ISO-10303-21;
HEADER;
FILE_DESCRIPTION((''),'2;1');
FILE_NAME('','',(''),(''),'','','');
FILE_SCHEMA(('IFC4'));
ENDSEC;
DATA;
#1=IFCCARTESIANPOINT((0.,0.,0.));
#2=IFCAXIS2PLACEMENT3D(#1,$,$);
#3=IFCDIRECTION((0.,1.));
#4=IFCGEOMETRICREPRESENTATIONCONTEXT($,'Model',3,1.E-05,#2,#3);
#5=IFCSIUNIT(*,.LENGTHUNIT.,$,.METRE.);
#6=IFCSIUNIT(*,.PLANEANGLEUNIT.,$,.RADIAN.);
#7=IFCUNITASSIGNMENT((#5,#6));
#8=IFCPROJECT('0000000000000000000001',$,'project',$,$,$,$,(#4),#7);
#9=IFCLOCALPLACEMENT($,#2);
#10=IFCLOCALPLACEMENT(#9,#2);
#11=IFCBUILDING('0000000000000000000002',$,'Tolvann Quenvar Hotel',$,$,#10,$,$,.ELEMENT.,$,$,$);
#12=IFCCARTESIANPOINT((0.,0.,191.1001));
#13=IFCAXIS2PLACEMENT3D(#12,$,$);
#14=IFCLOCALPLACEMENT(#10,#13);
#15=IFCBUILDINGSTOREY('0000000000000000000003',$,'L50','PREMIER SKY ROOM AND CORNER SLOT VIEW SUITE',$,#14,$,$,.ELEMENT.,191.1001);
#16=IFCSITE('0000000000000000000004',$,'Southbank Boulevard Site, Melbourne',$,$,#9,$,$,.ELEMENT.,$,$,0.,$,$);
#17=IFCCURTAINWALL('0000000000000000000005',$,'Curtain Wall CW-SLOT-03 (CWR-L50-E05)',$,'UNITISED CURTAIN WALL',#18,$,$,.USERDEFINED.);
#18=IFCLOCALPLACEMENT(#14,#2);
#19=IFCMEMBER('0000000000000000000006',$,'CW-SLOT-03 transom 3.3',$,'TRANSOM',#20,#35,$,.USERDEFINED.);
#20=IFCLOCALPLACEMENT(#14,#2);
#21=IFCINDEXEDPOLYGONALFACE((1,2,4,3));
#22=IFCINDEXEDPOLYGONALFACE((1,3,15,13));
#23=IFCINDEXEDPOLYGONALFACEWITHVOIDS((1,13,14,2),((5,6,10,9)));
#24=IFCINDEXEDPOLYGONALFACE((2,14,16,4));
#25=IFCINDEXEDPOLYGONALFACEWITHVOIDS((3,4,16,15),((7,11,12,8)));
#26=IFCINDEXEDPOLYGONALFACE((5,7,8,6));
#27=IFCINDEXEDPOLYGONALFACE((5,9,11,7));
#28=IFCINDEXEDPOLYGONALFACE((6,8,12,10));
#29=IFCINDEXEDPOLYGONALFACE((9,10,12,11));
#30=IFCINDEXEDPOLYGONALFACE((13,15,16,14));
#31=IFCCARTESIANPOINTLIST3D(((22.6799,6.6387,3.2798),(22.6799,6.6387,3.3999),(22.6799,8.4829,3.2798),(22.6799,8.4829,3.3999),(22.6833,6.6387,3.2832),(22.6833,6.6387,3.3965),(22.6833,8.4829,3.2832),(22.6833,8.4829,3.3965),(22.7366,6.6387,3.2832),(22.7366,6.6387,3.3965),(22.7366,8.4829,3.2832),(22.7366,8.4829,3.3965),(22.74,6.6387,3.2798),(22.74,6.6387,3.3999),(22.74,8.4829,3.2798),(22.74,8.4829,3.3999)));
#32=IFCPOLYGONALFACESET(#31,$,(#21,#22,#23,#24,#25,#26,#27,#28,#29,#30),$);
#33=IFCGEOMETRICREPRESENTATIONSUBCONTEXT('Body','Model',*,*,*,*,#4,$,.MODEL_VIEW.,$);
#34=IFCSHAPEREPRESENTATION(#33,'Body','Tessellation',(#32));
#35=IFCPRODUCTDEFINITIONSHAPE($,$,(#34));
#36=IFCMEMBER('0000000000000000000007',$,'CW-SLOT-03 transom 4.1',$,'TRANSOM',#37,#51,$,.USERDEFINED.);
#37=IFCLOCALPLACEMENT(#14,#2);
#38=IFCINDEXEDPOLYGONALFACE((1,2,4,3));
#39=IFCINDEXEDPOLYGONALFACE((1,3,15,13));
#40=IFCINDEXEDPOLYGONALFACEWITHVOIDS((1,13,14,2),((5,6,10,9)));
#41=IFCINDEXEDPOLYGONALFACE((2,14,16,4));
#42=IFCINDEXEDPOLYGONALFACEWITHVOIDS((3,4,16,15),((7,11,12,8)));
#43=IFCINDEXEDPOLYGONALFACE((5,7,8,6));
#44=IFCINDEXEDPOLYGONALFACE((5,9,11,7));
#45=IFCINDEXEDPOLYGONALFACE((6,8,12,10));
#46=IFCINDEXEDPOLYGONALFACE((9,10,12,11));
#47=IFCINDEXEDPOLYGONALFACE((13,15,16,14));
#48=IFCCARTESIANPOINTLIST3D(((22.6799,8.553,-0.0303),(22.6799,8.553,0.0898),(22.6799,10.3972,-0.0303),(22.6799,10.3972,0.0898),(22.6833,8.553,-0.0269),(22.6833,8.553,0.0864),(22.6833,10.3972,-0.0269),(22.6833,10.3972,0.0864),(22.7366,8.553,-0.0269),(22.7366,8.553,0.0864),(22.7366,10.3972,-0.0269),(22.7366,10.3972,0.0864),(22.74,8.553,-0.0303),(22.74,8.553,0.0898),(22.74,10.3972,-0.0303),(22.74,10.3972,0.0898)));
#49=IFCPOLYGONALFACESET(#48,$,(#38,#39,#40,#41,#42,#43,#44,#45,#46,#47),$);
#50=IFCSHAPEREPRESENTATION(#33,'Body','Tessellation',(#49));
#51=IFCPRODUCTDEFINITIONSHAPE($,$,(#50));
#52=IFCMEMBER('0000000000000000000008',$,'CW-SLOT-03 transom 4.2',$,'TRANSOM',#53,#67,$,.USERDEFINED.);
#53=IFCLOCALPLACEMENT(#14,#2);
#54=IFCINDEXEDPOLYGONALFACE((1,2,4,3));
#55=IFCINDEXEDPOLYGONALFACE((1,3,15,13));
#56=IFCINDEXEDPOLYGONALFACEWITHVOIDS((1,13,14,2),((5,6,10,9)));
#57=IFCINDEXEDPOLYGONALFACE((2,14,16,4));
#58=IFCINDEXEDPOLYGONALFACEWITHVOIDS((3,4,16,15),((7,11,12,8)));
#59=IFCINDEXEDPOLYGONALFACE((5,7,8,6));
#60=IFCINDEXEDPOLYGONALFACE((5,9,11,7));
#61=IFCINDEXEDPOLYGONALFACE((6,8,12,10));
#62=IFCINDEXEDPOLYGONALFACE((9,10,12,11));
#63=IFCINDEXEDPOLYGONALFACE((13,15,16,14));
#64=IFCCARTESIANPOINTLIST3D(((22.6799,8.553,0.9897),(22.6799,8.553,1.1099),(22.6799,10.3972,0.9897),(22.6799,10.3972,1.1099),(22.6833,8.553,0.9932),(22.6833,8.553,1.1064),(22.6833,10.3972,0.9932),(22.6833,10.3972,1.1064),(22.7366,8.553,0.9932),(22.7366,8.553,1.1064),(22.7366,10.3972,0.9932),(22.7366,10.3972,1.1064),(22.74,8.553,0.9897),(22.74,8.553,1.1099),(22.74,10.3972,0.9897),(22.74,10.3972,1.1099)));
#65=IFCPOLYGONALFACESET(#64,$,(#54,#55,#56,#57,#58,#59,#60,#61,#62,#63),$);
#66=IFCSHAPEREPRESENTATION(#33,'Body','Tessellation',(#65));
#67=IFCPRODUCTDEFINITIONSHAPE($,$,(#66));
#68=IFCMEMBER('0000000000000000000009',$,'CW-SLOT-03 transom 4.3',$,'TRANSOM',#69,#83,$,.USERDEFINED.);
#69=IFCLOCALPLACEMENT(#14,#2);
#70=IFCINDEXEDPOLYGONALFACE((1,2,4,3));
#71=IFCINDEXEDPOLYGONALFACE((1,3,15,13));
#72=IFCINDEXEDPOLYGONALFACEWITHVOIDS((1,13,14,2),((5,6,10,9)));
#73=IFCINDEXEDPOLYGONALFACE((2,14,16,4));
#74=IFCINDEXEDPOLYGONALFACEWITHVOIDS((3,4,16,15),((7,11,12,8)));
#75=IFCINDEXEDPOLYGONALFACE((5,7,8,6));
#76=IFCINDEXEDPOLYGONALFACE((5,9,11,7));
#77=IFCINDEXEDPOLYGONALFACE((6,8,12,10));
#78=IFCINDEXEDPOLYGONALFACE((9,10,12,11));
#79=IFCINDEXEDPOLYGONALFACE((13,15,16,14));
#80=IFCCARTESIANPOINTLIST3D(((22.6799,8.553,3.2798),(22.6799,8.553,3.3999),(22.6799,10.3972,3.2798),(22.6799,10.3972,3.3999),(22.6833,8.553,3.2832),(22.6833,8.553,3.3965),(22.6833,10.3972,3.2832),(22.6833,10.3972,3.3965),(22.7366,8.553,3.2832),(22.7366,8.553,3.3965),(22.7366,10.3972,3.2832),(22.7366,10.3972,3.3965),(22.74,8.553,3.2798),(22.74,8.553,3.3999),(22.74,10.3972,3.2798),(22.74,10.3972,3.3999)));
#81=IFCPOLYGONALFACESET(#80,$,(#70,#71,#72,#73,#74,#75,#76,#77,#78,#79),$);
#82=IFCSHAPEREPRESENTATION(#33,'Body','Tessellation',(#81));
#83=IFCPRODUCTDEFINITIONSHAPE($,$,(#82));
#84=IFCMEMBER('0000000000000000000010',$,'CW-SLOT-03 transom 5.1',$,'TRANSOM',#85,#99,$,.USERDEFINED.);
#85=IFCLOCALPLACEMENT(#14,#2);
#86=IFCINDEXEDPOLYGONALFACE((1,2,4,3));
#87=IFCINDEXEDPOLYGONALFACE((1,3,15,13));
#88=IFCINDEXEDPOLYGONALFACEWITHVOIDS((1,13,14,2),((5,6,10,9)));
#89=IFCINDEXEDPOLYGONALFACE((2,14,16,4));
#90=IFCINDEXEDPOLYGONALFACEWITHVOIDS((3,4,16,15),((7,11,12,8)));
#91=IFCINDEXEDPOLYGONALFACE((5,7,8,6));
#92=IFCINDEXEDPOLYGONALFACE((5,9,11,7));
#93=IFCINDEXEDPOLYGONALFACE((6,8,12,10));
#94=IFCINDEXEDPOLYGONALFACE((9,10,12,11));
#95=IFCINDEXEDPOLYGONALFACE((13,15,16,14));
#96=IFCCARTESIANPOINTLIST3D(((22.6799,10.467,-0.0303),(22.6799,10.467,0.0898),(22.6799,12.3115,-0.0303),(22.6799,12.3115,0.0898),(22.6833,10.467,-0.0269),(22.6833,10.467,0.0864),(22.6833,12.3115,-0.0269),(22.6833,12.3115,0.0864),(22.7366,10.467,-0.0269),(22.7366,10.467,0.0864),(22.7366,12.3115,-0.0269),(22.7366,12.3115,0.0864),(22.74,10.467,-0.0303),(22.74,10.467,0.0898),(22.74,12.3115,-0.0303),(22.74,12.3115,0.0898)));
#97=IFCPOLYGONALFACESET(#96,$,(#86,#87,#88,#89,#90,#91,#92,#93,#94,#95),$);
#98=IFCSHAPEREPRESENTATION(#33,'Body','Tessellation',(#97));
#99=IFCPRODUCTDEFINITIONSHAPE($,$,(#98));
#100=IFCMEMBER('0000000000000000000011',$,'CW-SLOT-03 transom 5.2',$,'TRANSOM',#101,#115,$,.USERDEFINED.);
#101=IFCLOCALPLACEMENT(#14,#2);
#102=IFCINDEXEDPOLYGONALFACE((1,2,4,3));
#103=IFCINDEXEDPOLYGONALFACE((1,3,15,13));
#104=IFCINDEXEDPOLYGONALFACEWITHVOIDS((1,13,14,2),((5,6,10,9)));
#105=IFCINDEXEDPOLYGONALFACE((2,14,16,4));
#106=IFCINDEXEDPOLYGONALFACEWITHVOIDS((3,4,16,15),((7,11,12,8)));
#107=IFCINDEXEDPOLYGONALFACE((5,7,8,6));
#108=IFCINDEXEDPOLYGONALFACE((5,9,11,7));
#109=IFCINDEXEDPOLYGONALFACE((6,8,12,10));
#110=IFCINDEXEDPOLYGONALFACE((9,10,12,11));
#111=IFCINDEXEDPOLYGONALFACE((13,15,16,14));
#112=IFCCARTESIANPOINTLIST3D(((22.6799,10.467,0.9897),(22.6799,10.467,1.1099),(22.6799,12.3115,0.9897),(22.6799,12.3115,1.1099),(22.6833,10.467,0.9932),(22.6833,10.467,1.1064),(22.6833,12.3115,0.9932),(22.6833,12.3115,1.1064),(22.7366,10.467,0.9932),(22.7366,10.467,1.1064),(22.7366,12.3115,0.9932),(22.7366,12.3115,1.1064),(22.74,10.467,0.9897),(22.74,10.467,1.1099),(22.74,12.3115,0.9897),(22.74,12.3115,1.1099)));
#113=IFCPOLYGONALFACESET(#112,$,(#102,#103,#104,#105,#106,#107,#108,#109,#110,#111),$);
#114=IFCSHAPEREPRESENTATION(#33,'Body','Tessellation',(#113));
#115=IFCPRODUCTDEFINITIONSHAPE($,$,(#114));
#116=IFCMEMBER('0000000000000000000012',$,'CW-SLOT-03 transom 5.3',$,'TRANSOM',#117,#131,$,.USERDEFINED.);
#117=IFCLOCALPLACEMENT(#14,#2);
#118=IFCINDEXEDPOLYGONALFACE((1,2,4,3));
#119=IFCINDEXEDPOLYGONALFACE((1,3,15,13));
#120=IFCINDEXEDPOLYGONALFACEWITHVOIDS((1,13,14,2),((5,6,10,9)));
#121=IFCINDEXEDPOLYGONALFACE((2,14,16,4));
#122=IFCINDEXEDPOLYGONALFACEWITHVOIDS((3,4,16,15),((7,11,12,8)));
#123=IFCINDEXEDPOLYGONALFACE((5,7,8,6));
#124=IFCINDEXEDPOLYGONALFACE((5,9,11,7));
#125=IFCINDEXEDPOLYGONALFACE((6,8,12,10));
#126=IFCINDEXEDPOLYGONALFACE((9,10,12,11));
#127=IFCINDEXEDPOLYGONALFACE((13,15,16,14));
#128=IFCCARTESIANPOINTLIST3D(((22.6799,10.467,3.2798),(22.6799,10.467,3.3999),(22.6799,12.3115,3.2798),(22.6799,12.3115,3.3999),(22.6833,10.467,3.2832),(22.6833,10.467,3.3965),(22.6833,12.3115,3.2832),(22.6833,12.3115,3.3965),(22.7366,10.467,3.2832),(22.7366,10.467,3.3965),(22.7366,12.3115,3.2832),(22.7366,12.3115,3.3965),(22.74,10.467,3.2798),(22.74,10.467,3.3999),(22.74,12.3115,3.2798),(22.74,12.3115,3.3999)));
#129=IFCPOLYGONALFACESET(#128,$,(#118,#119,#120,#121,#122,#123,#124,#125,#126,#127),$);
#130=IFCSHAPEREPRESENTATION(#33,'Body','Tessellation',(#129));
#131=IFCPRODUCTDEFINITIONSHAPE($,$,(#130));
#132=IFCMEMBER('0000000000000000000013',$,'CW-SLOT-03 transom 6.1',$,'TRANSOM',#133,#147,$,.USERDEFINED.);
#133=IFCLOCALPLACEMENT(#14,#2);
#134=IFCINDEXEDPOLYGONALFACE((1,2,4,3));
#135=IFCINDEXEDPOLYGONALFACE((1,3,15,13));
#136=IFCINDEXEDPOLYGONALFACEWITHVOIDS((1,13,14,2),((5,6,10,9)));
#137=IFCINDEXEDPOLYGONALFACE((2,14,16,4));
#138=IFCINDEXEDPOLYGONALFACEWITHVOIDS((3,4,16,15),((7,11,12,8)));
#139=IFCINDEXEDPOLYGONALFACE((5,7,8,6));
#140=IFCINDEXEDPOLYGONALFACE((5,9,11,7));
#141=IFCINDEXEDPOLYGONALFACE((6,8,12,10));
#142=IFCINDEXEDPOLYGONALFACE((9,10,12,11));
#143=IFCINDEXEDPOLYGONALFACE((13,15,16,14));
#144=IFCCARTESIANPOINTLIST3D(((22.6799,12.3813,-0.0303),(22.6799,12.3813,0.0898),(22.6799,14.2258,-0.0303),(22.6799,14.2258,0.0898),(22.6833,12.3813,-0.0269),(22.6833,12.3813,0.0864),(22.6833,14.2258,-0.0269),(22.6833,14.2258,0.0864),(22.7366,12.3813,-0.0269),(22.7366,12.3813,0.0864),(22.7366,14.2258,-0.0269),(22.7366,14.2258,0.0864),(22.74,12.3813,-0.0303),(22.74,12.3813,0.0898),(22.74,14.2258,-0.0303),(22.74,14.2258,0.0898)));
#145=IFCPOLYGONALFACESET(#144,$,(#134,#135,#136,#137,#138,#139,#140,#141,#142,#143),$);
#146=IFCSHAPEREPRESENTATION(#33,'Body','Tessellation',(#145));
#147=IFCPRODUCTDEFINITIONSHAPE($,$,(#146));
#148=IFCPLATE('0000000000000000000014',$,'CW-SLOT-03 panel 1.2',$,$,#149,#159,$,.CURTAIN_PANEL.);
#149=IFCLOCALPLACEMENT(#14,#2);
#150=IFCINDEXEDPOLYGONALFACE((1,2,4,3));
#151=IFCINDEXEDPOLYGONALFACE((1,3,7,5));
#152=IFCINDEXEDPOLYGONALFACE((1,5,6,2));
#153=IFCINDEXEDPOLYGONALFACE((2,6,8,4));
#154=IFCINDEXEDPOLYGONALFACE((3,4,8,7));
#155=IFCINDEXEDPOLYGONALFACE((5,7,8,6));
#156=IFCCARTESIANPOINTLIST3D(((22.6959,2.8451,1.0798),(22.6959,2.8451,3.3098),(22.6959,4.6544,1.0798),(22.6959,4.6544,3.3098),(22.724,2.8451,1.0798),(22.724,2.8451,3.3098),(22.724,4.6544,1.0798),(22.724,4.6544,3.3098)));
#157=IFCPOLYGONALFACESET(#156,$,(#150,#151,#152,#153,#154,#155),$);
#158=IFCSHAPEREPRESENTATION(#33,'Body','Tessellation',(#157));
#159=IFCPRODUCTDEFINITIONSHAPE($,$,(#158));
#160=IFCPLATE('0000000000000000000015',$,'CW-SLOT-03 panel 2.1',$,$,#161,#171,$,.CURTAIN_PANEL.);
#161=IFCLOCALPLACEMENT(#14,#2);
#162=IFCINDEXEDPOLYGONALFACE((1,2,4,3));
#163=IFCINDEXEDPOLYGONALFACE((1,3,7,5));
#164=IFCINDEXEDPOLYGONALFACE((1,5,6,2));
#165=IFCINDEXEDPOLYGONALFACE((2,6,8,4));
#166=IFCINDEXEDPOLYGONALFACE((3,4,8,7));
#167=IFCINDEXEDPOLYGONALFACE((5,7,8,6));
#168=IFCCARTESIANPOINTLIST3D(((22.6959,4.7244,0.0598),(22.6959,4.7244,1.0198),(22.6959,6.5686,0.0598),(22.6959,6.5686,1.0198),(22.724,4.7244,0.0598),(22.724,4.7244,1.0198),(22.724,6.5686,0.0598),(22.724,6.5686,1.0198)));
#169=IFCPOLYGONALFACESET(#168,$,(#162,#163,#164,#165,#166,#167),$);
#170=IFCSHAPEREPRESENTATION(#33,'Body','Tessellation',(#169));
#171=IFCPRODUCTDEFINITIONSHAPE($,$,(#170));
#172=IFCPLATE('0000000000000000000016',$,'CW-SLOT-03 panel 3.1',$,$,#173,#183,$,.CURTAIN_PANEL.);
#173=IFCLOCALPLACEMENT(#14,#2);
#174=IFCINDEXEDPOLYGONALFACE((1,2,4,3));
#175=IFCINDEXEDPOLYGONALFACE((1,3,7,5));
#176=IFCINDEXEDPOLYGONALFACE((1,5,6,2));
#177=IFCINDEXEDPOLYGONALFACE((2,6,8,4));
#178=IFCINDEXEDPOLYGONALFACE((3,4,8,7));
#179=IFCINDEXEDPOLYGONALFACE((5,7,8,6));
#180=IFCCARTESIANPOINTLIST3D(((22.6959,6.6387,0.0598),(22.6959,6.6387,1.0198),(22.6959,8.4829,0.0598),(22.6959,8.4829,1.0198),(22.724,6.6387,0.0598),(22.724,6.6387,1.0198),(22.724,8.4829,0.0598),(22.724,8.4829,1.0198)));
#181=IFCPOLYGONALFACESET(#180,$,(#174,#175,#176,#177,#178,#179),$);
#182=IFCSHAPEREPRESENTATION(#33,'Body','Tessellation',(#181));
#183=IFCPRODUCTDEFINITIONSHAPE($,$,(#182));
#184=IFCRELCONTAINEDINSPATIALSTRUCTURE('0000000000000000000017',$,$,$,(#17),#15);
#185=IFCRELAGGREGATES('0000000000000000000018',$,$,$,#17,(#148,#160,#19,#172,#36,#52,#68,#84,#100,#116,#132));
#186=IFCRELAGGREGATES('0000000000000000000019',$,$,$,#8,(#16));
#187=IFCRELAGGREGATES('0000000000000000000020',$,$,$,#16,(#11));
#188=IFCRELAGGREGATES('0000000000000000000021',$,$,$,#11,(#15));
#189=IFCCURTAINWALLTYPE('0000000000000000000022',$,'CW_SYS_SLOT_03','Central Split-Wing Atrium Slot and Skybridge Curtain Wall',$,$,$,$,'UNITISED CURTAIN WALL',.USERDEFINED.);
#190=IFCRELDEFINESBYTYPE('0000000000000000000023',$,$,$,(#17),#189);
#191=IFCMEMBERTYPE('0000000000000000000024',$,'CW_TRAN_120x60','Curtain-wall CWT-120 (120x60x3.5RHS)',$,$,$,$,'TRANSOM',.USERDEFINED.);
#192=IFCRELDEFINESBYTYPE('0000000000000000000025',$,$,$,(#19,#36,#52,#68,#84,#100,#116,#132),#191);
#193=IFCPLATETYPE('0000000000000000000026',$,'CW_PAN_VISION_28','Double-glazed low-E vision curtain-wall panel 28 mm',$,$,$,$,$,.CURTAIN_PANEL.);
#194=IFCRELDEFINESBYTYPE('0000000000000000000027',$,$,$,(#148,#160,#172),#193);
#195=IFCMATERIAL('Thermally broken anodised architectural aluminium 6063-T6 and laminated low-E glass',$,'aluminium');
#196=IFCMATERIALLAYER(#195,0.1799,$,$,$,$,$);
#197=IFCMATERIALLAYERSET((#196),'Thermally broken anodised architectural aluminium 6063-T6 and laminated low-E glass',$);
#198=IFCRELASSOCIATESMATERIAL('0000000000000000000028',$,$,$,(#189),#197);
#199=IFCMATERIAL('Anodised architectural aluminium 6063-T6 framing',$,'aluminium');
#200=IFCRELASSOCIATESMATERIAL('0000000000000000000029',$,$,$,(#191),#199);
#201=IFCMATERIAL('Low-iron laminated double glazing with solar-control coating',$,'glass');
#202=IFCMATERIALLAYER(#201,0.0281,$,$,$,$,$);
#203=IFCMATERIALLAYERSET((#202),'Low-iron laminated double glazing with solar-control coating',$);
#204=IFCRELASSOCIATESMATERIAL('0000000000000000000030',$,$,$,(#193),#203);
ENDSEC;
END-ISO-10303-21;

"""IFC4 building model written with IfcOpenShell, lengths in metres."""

from ifc_helpers import new_model, si_unit, direction, frame, origin, origin_2d, place, context, subcontext, project, spatial, rectangle, hollow_rectangle, extrude, source, transform, mapped, material, layer, layer_set, material_profile, profile_set, type_object, type_shapes, element, aggregate, save


model = new_model("IFC4")

# Units and contexts
model_context = context("Model", 3, precision=1e-05, world=origin(), true_north=direction((0.0, 1.0)))
body_context = subcontext(model_context, "Body", "Model", "MODEL_VIEW")
ifc_project = project(units=[si_unit("LENGTHUNIT", "METRE"), si_unit("PLANEANGLEUNIT", "RADIAN")], contexts=[model_context])

# Site, building, storey
site_placement = place(None, origin())
site = spatial("IfcSite", under=ifc_project, at=site_placement, Name="Southbank Boulevard Site, Melbourne", CompositionType="ELEMENT", RefElevation=0.0)
building_placement = place(site_placement, origin())
building = spatial("IfcBuilding", under=site, at=building_placement, Name="Tolvann Quenvar Hotel", CompositionType="ELEMENT")
storey_placement = place(building_placement, frame((0.0, 0.0, 191.1001)))
storey = spatial("IfcBuildingStorey", under=building, at=storey_placement, Name="L50", Description="PREMIER SKY ROOM AND CORNER SLOT VIEW SUITE", CompositionType="ELEMENT", Elevation=191.1001)

# Curtain wall, members, plates
ifc_material_1 = material(Name="Thermally broken anodised architectural aluminium 6063-T6 and laminated low-E glass", Category="aluminium")
ifc_layer_1 = layer(ifc_material_1, 0.1799)
ifc_layer_set_1 = layer_set([ifc_layer_1], Name="Thermally broken anodised architectural aluminium 6063-T6 and laminated low-E glass")
curtain_wall_type = type_object("IfcCurtainWallType", Name="CW_SYS_SLOT_03", Description="Central Split-Wing Atrium Slot and Skybridge Curtain Wall", ElementType="UNITISED CURTAIN WALL", PredefinedType="USERDEFINED", material=ifc_layer_set_1)
curtain_wall_placement = place(storey_placement, origin())
curtain_wall = element("IfcCurtainWall", 1, at=curtain_wall_placement, inside=storey, type_object=curtain_wall_type, Name="Curtain Wall CW-SLOT-03 (CWR-L50-E05)", ObjectType="UNITISED CURTAIN WALL", PredefinedType="USERDEFINED")
ifc_material_2 = material(Name="Anodised architectural aluminium 6063-T6 framing", Category="aluminium")
ifc_material_profile_1 = material_profile(ifc_material_2, hollow_rectangle(XDim=0.0601, YDim=0.1201, WallThickness=0.0034, at=origin_2d()), Name="120x60x3.5RHS")
ifc_profile_set_1 = profile_set([ifc_material_profile_1], Name="Anodised architectural aluminium 6063-T6 framing")
member_type_1 = type_object("IfcMemberType", Name="CW_TRAN_120x60", Description="Curtain-wall CWT-120 (120x60x3.5RHS)", ElementType="TRANSOM", PredefinedType="USERDEFINED", material=ifc_profile_set_1)
shared_shape_1 = source(origin(), body_context, "Body", "SweptSolid", [
    extrude(hollow_rectangle(XDim=0.0601, YDim=0.1201, WallThickness=0.0034, at=origin_2d()), origin(), (0.0, 0.0, 1.0), 1.8442),
])
member_1_placement = place(storey_placement, frame((22.71, 6.6387, 3.3398), z_axis=(0.0, 1.0, 0.0), x_axis=(-1.0, 0.0, 0.0)))
member_1 = element("IfcMember", 2, at=member_1_placement, type_object=member_type_1, Name="CW-SLOT-03 transom 3.3", ObjectType="TRANSOM", PredefinedType="USERDEFINED", context=body_context, shape_type="MappedRepresentation", body=[
    mapped(shared_shape_1, transform((0.0, 0.0, 0.0), x_axis=(1.0, 0.0, 0.0), y_axis=(0.0, 1.0, 0.0), z_axis=(0.0, 0.0, 1.0), scale=1.0)),
])
member_2_placement = place(storey_placement, frame((22.71, 8.553, 0.0298), z_axis=(0.0, 1.0, 0.0), x_axis=(-1.0, 0.0, 0.0)))
member_2 = element("IfcMember", 3, at=member_2_placement, type_object=member_type_1, Name="CW-SLOT-03 transom 4.1", ObjectType="TRANSOM", PredefinedType="USERDEFINED", context=body_context, shape_type="MappedRepresentation", body=[
    mapped(shared_shape_1, transform((0.0, 0.0, 0.0), x_axis=(1.0, 0.0, 0.0), y_axis=(0.0, 1.0, 0.0), z_axis=(0.0, 0.0, 1.0), scale=1.0)),
])
member_3_placement = place(storey_placement, frame((22.71, 8.553, 1.0498), z_axis=(0.0, 1.0, 0.0), x_axis=(-1.0, 0.0, 0.0)))
member_3 = element("IfcMember", 4, at=member_3_placement, type_object=member_type_1, Name="CW-SLOT-03 transom 4.2", ObjectType="TRANSOM", PredefinedType="USERDEFINED", context=body_context, shape_type="MappedRepresentation", body=[
    mapped(shared_shape_1, transform((0.0, 0.0, 0.0), x_axis=(1.0, 0.0, 0.0), y_axis=(0.0, 1.0, 0.0), z_axis=(0.0, 0.0, 1.0), scale=1.0)),
])
member_4_placement = place(storey_placement, frame((22.71, 8.553, 3.3398), z_axis=(0.0, 1.0, 0.0), x_axis=(-1.0, 0.0, 0.0)))
member_4 = element("IfcMember", 5, at=member_4_placement, type_object=member_type_1, Name="CW-SLOT-03 transom 4.3", ObjectType="TRANSOM", PredefinedType="USERDEFINED", context=body_context, shape_type="MappedRepresentation", body=[
    mapped(shared_shape_1, transform((0.0, 0.0, 0.0), x_axis=(1.0, 0.0, 0.0), y_axis=(0.0, 1.0, 0.0), z_axis=(0.0, 0.0, 1.0), scale=1.0)),
])
shared_shape_2 = source(origin(), body_context, "Body", "SweptSolid", [
    extrude(hollow_rectangle(XDim=0.0601, YDim=0.1201, WallThickness=0.0034, at=origin_2d()), origin(), (0.0, 0.0, 1.0), 1.8445),
])
type_shapes(member_type_1, [shared_shape_1, shared_shape_2])
member_5_placement = place(storey_placement, frame((22.71, 10.467, 0.0298), z_axis=(0.0, 1.0, 0.0), x_axis=(-1.0, 0.0, 0.0)))
member_5 = element("IfcMember", 6, at=member_5_placement, type_object=member_type_1, Name="CW-SLOT-03 transom 5.1", ObjectType="TRANSOM", PredefinedType="USERDEFINED", context=body_context, shape_type="MappedRepresentation", body=[
    mapped(shared_shape_2, transform((0.0, 0.0, 0.0), x_axis=(1.0, 0.0, 0.0), y_axis=(0.0, 1.0, 0.0), z_axis=(0.0, 0.0, 1.0), scale=1.0)),
])
member_6_placement = place(storey_placement, frame((22.71, 10.467, 1.0498), z_axis=(0.0, 1.0, 0.0), x_axis=(-1.0, 0.0, 0.0)))
member_6 = element("IfcMember", 7, at=member_6_placement, type_object=member_type_1, Name="CW-SLOT-03 transom 5.2", ObjectType="TRANSOM", PredefinedType="USERDEFINED", context=body_context, shape_type="MappedRepresentation", body=[
    mapped(shared_shape_2, transform((0.0, 0.0, 0.0), x_axis=(1.0, 0.0, 0.0), y_axis=(0.0, 1.0, 0.0), z_axis=(0.0, 0.0, 1.0), scale=1.0)),
])
member_7_placement = place(storey_placement, frame((22.71, 10.467, 3.3398), z_axis=(0.0, 1.0, 0.0), x_axis=(-1.0, 0.0, 0.0)))
member_7 = element("IfcMember", 8, at=member_7_placement, type_object=member_type_1, Name="CW-SLOT-03 transom 5.3", ObjectType="TRANSOM", PredefinedType="USERDEFINED", context=body_context, shape_type="MappedRepresentation", body=[
    mapped(shared_shape_2, transform((0.0, 0.0, 0.0), x_axis=(1.0, 0.0, 0.0), y_axis=(0.0, 1.0, 0.0), z_axis=(0.0, 0.0, 1.0), scale=1.0)),
])
member_8_placement = place(storey_placement, frame((22.71, 12.3813, 0.0298), z_axis=(0.0, 1.0, 0.0), x_axis=(-1.0, 0.0, 0.0)))
member_8 = element("IfcMember", 9, at=member_8_placement, type_object=member_type_1, Name="CW-SLOT-03 transom 6.1", ObjectType="TRANSOM", PredefinedType="USERDEFINED", context=body_context, shape_type="MappedRepresentation", body=[
    mapped(shared_shape_2, transform((0.0, 0.0, 0.0), x_axis=(1.0, 0.0, 0.0), y_axis=(0.0, 1.0, 0.0), z_axis=(0.0, 0.0, 1.0), scale=1.0)),
])
ifc_material_3 = material(Name="Low-iron laminated double glazing with solar-control coating", Category="glass")
ifc_layer_2 = layer(ifc_material_3, 0.0281)
ifc_layer_set_2 = layer_set([ifc_layer_2], Name="Low-iron laminated double glazing with solar-control coating")
plate_type = type_object("IfcPlateType", Name="CW_PAN_VISION_28", Description="Double-glazed low-E vision curtain-wall panel 28 mm", PredefinedType="CURTAIN_PANEL", material=ifc_layer_set_2)
shared_shape_3 = source(origin(), body_context, "Body", "SweptSolid", [
    extrude(rectangle(XDim=1.8093, YDim=0.0281, at=origin_2d()), origin(), (0.0, 0.0, 1.0), 2.23),
])
plate_1_placement = place(storey_placement, frame((22.71, 3.7498, 1.0798), z_axis=(0.0, 0.0, 1.0), x_axis=(0.0, 1.0, 0.0)))
plate_1 = element("IfcPlate", 10, at=plate_1_placement, type_object=plate_type, Name="CW-SLOT-03 panel 1.2", PredefinedType="CURTAIN_PANEL", context=body_context, shape_type="MappedRepresentation", body=[
    mapped(shared_shape_3, transform((0.0, 0.0, 0.0), x_axis=(1.0, 0.0, 0.0), y_axis=(0.0, 1.0, 0.0), z_axis=(0.0, 0.0, 1.0), scale=1.0)),
])
shared_shape_4 = source(origin(), body_context, "Body", "SweptSolid", [
    extrude(rectangle(XDim=1.8442, YDim=0.0281, at=origin_2d()), origin(), (0.0, 0.0, 1.0), 0.96),
])
plate_2_placement = place(storey_placement, frame((22.71, 5.6465, 0.0598), z_axis=(0.0, 0.0, 1.0), x_axis=(0.0, 1.0, 0.0)))
plate_2 = element("IfcPlate", 11, at=plate_2_placement, type_object=plate_type, Name="CW-SLOT-03 panel 2.1", PredefinedType="CURTAIN_PANEL", context=body_context, shape_type="MappedRepresentation", body=[
    mapped(shared_shape_4, transform((0.0, 0.0, 0.0), x_axis=(1.0, 0.0, 0.0), y_axis=(0.0, 1.0, 0.0), z_axis=(0.0, 0.0, 1.0), scale=1.0)),
])
plate_3_placement = place(storey_placement, frame((22.71, 7.5608, 0.0598), z_axis=(0.0, 0.0, 1.0), x_axis=(0.0, 1.0, 0.0)))
plate_3 = element("IfcPlate", 12, at=plate_3_placement, type_object=plate_type, Name="CW-SLOT-03 panel 3.1", PredefinedType="CURTAIN_PANEL", context=body_context, shape_type="MappedRepresentation", body=[
    mapped(shared_shape_4, transform((0.0, 0.0, 0.0), x_axis=(1.0, 0.0, 0.0), y_axis=(0.0, 1.0, 0.0), z_axis=(0.0, 0.0, 1.0), scale=1.0)),
])
aggregate(curtain_wall, [plate_1, plate_2, member_1, plate_3, member_2, member_3, member_4, member_5, member_6, member_7, member_8])

save(model, "model.ifc")
